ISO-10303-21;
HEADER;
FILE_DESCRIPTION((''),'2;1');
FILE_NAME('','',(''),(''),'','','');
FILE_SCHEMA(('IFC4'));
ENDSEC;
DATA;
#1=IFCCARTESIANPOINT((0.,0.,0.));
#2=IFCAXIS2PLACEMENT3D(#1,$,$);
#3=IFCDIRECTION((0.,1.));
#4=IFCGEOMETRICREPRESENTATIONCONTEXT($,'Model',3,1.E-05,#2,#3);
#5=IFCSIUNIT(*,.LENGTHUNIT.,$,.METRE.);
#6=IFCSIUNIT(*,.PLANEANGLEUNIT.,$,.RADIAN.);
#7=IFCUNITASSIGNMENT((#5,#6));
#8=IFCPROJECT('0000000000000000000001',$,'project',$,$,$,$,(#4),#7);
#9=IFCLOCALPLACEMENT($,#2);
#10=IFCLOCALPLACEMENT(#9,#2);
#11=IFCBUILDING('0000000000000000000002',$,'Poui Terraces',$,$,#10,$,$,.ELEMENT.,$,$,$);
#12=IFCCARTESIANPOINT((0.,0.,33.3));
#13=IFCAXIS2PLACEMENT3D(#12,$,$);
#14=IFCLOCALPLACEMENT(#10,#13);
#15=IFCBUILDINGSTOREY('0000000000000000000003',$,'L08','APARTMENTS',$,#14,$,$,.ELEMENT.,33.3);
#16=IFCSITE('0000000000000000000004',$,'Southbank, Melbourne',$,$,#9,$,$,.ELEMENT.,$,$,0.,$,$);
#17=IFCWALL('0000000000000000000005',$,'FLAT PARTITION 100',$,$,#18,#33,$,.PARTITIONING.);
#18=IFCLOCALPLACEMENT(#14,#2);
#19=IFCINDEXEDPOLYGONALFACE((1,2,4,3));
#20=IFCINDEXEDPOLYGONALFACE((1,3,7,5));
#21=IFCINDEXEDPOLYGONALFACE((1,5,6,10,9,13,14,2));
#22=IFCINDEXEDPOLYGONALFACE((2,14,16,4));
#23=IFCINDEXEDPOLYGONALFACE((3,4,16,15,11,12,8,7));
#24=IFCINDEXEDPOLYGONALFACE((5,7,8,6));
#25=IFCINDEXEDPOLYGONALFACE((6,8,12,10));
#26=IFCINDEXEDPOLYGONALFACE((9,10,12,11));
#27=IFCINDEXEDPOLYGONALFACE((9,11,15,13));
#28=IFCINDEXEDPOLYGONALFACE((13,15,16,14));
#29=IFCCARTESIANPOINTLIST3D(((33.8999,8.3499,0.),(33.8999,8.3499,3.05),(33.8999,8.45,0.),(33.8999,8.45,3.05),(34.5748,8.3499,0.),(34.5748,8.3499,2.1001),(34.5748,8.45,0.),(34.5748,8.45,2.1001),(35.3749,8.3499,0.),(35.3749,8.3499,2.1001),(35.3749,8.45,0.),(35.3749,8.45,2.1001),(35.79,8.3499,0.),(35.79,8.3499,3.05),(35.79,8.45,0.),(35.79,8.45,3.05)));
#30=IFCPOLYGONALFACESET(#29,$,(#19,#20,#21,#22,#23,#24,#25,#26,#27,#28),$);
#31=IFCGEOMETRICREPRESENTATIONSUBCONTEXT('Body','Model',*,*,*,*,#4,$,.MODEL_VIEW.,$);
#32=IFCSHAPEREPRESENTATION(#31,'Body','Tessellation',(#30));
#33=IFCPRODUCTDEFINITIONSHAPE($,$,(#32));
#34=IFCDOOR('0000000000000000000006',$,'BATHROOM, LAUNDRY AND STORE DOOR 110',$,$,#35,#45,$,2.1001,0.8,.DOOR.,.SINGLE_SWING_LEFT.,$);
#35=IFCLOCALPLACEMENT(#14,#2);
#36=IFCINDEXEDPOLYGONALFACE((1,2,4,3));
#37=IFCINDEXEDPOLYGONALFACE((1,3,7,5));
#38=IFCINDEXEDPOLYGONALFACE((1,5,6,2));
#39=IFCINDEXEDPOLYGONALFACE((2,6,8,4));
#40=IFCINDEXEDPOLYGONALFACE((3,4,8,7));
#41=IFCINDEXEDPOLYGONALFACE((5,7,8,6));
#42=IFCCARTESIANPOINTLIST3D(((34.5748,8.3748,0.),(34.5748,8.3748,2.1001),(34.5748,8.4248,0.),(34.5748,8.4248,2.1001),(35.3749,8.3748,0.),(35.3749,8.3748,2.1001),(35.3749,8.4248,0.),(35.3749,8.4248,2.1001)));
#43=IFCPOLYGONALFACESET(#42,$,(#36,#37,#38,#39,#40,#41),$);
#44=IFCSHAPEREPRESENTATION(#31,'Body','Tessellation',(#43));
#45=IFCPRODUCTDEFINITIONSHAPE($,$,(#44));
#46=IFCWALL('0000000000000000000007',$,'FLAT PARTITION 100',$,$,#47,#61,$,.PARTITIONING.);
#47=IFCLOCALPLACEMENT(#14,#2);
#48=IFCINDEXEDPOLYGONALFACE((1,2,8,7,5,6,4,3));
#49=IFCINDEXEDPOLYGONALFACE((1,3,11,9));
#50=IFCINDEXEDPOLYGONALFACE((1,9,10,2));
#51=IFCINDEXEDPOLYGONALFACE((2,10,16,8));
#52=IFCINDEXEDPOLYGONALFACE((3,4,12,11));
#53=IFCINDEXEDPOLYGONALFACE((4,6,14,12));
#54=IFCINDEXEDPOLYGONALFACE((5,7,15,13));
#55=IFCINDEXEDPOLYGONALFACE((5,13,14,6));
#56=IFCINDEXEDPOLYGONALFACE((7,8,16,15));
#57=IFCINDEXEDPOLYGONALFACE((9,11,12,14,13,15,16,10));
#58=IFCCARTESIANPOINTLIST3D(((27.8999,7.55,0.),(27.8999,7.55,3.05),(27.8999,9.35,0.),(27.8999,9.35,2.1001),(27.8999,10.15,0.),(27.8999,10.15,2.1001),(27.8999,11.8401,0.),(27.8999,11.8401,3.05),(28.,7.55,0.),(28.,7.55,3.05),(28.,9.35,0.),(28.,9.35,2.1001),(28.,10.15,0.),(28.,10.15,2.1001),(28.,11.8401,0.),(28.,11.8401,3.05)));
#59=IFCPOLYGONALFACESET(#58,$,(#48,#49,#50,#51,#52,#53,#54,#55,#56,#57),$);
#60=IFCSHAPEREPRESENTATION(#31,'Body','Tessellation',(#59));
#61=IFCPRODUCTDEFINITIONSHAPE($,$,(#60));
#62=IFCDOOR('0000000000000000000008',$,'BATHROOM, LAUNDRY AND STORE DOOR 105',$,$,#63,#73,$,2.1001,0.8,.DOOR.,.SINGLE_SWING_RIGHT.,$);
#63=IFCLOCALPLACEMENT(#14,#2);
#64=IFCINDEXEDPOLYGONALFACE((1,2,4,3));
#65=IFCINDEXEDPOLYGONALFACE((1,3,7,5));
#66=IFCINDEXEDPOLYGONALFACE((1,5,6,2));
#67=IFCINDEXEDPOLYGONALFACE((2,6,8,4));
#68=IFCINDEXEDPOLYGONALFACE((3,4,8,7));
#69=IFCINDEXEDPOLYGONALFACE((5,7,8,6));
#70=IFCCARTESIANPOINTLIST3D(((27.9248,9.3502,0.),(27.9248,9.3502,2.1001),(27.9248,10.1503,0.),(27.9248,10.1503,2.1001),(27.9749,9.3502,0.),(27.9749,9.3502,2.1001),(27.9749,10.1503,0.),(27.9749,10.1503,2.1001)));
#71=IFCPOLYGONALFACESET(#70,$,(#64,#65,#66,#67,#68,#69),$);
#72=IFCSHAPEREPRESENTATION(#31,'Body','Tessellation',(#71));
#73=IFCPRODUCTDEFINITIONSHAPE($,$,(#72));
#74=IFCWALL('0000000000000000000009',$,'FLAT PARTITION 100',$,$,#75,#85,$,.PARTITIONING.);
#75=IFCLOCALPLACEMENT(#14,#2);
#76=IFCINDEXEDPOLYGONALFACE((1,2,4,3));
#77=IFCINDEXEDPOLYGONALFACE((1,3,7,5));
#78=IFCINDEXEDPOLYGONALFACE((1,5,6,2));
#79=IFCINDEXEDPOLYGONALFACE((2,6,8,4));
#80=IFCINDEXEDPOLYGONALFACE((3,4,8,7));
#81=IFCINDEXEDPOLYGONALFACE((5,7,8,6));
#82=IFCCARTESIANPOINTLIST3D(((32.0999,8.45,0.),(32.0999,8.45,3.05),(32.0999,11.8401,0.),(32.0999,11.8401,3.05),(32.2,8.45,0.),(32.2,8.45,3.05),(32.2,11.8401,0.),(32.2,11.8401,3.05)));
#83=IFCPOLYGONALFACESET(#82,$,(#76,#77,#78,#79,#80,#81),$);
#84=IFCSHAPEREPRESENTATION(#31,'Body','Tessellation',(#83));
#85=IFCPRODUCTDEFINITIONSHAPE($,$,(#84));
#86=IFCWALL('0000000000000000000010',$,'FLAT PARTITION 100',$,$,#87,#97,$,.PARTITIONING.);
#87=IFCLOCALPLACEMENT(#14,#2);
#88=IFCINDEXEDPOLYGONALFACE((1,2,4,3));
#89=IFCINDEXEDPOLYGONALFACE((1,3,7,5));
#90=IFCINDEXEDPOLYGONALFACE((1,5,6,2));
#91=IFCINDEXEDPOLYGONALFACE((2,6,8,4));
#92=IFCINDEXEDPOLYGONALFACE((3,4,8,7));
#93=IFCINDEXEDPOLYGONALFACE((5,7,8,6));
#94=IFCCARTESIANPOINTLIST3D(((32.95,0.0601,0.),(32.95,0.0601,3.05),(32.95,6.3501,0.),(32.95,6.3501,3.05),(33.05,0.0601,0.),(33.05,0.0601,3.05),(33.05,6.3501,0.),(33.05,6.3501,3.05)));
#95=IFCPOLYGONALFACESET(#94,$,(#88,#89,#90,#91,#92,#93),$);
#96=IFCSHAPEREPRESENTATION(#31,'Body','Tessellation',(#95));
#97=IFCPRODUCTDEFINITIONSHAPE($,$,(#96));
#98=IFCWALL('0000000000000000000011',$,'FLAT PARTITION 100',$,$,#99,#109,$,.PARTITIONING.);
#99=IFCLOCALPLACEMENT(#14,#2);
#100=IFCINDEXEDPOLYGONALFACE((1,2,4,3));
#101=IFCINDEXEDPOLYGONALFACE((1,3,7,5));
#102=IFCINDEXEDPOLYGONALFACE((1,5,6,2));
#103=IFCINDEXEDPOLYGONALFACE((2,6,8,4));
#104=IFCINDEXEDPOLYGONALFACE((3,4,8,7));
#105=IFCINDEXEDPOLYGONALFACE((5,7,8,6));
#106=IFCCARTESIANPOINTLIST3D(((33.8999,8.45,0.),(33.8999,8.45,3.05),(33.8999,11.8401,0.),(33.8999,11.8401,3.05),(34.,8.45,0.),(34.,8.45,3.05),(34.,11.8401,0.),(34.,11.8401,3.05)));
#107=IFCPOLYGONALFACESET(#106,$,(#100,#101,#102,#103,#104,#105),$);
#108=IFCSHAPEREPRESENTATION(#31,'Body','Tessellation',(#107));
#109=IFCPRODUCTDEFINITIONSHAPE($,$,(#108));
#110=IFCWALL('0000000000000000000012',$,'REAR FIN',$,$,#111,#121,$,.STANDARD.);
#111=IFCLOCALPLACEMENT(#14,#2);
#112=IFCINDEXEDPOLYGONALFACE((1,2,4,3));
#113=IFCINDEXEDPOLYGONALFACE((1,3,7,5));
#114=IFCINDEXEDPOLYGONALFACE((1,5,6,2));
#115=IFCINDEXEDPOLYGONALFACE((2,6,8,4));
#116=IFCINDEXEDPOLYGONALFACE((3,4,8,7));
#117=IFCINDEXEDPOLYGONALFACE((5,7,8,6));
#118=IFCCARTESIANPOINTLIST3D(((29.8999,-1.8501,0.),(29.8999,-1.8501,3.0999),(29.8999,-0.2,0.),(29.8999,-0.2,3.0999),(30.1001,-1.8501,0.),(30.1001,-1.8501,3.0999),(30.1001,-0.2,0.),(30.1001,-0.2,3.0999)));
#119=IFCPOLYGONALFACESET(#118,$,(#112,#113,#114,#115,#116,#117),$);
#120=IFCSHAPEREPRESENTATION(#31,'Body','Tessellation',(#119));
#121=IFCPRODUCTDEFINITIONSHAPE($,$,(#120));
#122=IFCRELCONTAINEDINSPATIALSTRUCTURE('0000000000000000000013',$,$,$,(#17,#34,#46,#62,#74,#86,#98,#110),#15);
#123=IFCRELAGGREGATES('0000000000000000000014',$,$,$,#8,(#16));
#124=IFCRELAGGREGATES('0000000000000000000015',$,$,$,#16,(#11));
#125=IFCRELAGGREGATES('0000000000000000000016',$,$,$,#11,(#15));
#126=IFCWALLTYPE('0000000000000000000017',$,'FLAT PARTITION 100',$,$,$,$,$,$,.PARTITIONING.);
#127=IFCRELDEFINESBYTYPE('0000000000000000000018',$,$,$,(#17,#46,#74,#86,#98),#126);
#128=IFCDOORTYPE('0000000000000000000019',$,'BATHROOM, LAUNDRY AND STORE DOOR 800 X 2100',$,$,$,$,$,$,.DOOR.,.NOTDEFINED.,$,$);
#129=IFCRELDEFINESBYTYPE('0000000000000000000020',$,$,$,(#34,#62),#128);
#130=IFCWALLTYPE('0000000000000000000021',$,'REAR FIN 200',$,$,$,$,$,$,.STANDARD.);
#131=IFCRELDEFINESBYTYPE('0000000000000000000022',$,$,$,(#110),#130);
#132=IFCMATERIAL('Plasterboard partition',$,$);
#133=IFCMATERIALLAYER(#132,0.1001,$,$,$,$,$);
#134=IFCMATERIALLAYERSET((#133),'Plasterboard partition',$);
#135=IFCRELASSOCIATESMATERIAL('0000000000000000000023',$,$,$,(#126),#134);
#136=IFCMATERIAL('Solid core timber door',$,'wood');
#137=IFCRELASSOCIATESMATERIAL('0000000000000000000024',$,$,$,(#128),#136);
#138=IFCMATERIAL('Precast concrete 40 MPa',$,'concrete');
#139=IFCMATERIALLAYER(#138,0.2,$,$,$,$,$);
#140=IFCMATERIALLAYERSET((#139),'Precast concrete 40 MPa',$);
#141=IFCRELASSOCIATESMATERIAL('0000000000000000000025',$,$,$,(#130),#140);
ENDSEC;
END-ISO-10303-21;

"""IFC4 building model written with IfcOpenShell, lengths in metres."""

from ifc_helpers import new_model, si_unit, direction, frame, frame_2d, origin, place, context, subcontext, project, spatial, polyline, rectangle, outline, extrude, source, transform, mapped, material, layer, layer_set, type_object, element, fill, save


model = new_model("IFC4")

# Units and contexts
model_context = context("Model", 3, precision=1e-05, world=origin(), true_north=direction((0.0, 1.0)))
body_context = subcontext(model_context, "Body", "Model", "MODEL_VIEW")
ifc_project = project(units=[si_unit("LENGTHUNIT", "METRE"), si_unit("PLANEANGLEUNIT", "RADIAN")], contexts=[model_context])

# Site, building, storey
site_placement = place(None, origin())
site = spatial("IfcSite", under=ifc_project, at=site_placement, Name="Southbank, Melbourne", CompositionType="ELEMENT", RefElevation=0.0)
building_placement = place(site_placement, origin())
building = spatial("IfcBuilding", under=site, at=building_placement, Name="Poui Terraces", CompositionType="ELEMENT")
storey_placement = place(building_placement, frame((0.0, 0.0, 33.3)))
storey = spatial("IfcBuildingStorey", under=building, at=storey_placement, Name="L08", Description="APARTMENTS", CompositionType="ELEMENT", Elevation=33.3)

# Walls, openings, doors
ifc_material_1 = material(Name="Solid core timber door", Category="wood")
ifc_material_2 = material(Name="Plasterboard partition")
ifc_layer_1 = layer(ifc_material_2, 0.1001)
ifc_layer_set_1 = layer_set([ifc_layer_1], Name="Plasterboard partition")
wall_type_1 = type_object("IfcWallType", Name="FLAT PARTITION 100", PredefinedType="PARTITIONING", material=ifc_layer_set_1)
wall_1_placement = place(storey_placement, frame((33.8999, 8.3999, 0.0), z_axis=(0.0, 0.0, 1.0), x_axis=(1.0, 0.0, 0.0)))
wall_1 = element("IfcWall", 1, at=wall_1_placement, inside=storey, type_object=wall_type_1, Name="FLAT PARTITION 100", PredefinedType="PARTITIONING", context=body_context, shape_type="SweptSolid", body=[
    extrude(rectangle(XDim=1.8901, YDim=0.1001, at=frame_2d((0.9451, 0.0))), origin(), (0.0, 0.0, 1.0), 3.05),
])
opening_1_placement = place(wall_1_placement, frame((0.675, 0.0, 0.0)))
opening_1 = element("IfcOpeningElement", 2, at=opening_1_placement, cuts=wall_1, PredefinedType="OPENING", context=body_context, shape_type="SweptSolid", body=[
    extrude(rectangle(XDim=0.8, YDim=2.1001, at=frame_2d((0.3999, 1.05))), frame((0.0, 0.0601, 0.0), z_axis=(0.0, -1.0, 0.0), x_axis=(1.0, 0.0, 0.0)), (0.0, 0.0, 1.0), 0.1201),
])
door_type_1 = type_object("IfcDoorType", Name="BATHROOM, LAUNDRY AND STORE DOOR 800 X 2100", OperationType="NOTDEFINED", PredefinedType="DOOR", material=ifc_material_1)
door_1_placement = place(opening_1_placement, origin())
door_1 = element("IfcDoor", 3, at=door_1_placement, inside=storey, type_object=door_type_1, Name="BATHROOM, LAUNDRY AND STORE DOOR 110", OperationType="SINGLE_SWING_LEFT", OverallHeight=2.1001, OverallWidth=0.8, PredefinedType="DOOR", context=body_context, shape_type="SweptSolid", body=[
    extrude(rectangle(XDim=0.8, YDim=2.1001, at=frame_2d((0.3999, 1.05))), frame((0.0, 0.0249, 0.0), z_axis=(0.0, -1.0, 0.0), x_axis=(1.0, 0.0, 0.0)), (0.0, 0.0, 1.0), 0.05),
])
fill(opening_1, door_1)
wall_2_placement = place(storey_placement, frame((27.95, 7.55, 0.0), z_axis=(0.0, 0.0, 1.0), x_axis=(0.0, 1.0, 0.0)))
wall_2 = element("IfcWall", 4, at=wall_2_placement, inside=storey, type_object=wall_type_1, Name="FLAT PARTITION 100", PredefinedType="PARTITIONING", context=body_context, shape_type="SweptSolid", body=[
    extrude(rectangle(XDim=4.29, YDim=0.1001, at=frame_2d((2.145, 0.0))), origin(), (0.0, 0.0, 1.0), 3.05),
])
opening_2_placement = place(wall_2_placement, frame((1.8, 0.0, 0.0)))
opening_2 = element("IfcOpeningElement", 5, at=opening_2_placement, cuts=wall_2, PredefinedType="OPENING", context=body_context, shape_type="SweptSolid", body=[
    extrude(rectangle(XDim=0.8, YDim=2.1001, at=frame_2d((0.3999, 1.05))), frame((0.0, 0.0601, 0.0), z_axis=(0.0, -1.0, 0.0), x_axis=(1.0, 0.0, 0.0)), (0.0, 0.0, 1.0), 0.1201),
])
door_2_placement = place(opening_2_placement, frame((0.8, 0.0, 0.0), z_axis=(0.0, 0.0, 1.0), x_axis=(-1.0, 0.0, 0.0)))
door_2 = element("IfcDoor", 6, at=door_2_placement, inside=storey, type_object=door_type_1, Name="BATHROOM, LAUNDRY AND STORE DOOR 105", OperationType="SINGLE_SWING_RIGHT", OverallHeight=2.1001, OverallWidth=0.8, PredefinedType="DOOR", context=body_context, shape_type="SweptSolid", body=[
    extrude(rectangle(XDim=0.8, YDim=2.1001, at=frame_2d((0.3999, 1.05))), frame((0.0, 0.0249, 0.0), z_axis=(0.0, -1.0, 0.0), x_axis=(1.0, 0.0, 0.0)), (0.0, 0.0, 1.0), 0.05),
])
fill(opening_2, door_2)

# Walls
wall_3_placement = place(storey_placement, frame((32.1499, 8.45, 0.0), z_axis=(0.0, 0.0, 1.0), x_axis=(0.0, 1.0, 0.0)))
element("IfcWall", 7, at=wall_3_placement, inside=storey, type_object=wall_type_1, Name="FLAT PARTITION 100", PredefinedType="PARTITIONING", context=body_context, shape_type="SweptSolid", body=[
    extrude(rectangle(XDim=3.3901, YDim=0.1001, at=frame_2d((1.6951, 0.0))), origin(), (0.0, 0.0, 1.0), 3.05),
])
wall_4_placement = place(storey_placement, frame((33.0, 0.0601, 0.0), z_axis=(0.0, 0.0, 1.0), x_axis=(0.0, 1.0, 0.0)))
element("IfcWall", 8, at=wall_4_placement, inside=storey, type_object=wall_type_1, Name="FLAT PARTITION 100", PredefinedType="PARTITIONING", context=body_context, shape_type="SweptSolid", body=[
    extrude(rectangle(XDim=6.29, YDim=0.1001, at=frame_2d((3.145, 0.0))), origin(), (0.0, 0.0, 1.0), 3.05),
])
wall_5_placement = place(storey_placement, frame((33.95, 8.45, 0.0), z_axis=(0.0, 0.0, 1.0), x_axis=(0.0, 1.0, 0.0)))
element("IfcWall", 9, at=wall_5_placement, inside=storey, type_object=wall_type_1, Name="FLAT PARTITION 100", PredefinedType="PARTITIONING", context=body_context, shape_type="SweptSolid", body=[
    extrude(rectangle(XDim=3.3901, YDim=0.1001, at=frame_2d((1.6951, 0.0))), origin(), (0.0, 0.0, 1.0), 3.05),
])
ifc_material_3 = material(Name="Precast concrete 40 MPa", Category="concrete")
ifc_layer_2 = layer(ifc_material_3, 0.2)
ifc_layer_set_2 = layer_set([ifc_layer_2], Name="Precast concrete 40 MPa")
wall_type_2 = type_object("IfcWallType", Name="REAR FIN 200", PredefinedType="STANDARD", material=ifc_layer_set_2)
shared_shape_1 = source(origin(), body_context, "Body", "SweptSolid", [
    extrude(outline(polyline([(0.0, 0.0), (0.2002, 0.0), (0.2002, 1.6501), (0.0, 1.6501), (0.0, 0.0)])), origin(), (0.0, 0.0, 1.0), 3.0999),
])
wall_6_placement = place(storey_placement, frame((29.8999, -1.8501, 0.0)))
element("IfcWall", 10, at=wall_6_placement, inside=storey, type_object=wall_type_2, Name="REAR FIN", PredefinedType="STANDARD", context=body_context, shape_type="MappedRepresentation", body=[
    mapped(shared_shape_1, transform((0.0, 0.0, 0.0))),
])

save(model, "model.ifc")
